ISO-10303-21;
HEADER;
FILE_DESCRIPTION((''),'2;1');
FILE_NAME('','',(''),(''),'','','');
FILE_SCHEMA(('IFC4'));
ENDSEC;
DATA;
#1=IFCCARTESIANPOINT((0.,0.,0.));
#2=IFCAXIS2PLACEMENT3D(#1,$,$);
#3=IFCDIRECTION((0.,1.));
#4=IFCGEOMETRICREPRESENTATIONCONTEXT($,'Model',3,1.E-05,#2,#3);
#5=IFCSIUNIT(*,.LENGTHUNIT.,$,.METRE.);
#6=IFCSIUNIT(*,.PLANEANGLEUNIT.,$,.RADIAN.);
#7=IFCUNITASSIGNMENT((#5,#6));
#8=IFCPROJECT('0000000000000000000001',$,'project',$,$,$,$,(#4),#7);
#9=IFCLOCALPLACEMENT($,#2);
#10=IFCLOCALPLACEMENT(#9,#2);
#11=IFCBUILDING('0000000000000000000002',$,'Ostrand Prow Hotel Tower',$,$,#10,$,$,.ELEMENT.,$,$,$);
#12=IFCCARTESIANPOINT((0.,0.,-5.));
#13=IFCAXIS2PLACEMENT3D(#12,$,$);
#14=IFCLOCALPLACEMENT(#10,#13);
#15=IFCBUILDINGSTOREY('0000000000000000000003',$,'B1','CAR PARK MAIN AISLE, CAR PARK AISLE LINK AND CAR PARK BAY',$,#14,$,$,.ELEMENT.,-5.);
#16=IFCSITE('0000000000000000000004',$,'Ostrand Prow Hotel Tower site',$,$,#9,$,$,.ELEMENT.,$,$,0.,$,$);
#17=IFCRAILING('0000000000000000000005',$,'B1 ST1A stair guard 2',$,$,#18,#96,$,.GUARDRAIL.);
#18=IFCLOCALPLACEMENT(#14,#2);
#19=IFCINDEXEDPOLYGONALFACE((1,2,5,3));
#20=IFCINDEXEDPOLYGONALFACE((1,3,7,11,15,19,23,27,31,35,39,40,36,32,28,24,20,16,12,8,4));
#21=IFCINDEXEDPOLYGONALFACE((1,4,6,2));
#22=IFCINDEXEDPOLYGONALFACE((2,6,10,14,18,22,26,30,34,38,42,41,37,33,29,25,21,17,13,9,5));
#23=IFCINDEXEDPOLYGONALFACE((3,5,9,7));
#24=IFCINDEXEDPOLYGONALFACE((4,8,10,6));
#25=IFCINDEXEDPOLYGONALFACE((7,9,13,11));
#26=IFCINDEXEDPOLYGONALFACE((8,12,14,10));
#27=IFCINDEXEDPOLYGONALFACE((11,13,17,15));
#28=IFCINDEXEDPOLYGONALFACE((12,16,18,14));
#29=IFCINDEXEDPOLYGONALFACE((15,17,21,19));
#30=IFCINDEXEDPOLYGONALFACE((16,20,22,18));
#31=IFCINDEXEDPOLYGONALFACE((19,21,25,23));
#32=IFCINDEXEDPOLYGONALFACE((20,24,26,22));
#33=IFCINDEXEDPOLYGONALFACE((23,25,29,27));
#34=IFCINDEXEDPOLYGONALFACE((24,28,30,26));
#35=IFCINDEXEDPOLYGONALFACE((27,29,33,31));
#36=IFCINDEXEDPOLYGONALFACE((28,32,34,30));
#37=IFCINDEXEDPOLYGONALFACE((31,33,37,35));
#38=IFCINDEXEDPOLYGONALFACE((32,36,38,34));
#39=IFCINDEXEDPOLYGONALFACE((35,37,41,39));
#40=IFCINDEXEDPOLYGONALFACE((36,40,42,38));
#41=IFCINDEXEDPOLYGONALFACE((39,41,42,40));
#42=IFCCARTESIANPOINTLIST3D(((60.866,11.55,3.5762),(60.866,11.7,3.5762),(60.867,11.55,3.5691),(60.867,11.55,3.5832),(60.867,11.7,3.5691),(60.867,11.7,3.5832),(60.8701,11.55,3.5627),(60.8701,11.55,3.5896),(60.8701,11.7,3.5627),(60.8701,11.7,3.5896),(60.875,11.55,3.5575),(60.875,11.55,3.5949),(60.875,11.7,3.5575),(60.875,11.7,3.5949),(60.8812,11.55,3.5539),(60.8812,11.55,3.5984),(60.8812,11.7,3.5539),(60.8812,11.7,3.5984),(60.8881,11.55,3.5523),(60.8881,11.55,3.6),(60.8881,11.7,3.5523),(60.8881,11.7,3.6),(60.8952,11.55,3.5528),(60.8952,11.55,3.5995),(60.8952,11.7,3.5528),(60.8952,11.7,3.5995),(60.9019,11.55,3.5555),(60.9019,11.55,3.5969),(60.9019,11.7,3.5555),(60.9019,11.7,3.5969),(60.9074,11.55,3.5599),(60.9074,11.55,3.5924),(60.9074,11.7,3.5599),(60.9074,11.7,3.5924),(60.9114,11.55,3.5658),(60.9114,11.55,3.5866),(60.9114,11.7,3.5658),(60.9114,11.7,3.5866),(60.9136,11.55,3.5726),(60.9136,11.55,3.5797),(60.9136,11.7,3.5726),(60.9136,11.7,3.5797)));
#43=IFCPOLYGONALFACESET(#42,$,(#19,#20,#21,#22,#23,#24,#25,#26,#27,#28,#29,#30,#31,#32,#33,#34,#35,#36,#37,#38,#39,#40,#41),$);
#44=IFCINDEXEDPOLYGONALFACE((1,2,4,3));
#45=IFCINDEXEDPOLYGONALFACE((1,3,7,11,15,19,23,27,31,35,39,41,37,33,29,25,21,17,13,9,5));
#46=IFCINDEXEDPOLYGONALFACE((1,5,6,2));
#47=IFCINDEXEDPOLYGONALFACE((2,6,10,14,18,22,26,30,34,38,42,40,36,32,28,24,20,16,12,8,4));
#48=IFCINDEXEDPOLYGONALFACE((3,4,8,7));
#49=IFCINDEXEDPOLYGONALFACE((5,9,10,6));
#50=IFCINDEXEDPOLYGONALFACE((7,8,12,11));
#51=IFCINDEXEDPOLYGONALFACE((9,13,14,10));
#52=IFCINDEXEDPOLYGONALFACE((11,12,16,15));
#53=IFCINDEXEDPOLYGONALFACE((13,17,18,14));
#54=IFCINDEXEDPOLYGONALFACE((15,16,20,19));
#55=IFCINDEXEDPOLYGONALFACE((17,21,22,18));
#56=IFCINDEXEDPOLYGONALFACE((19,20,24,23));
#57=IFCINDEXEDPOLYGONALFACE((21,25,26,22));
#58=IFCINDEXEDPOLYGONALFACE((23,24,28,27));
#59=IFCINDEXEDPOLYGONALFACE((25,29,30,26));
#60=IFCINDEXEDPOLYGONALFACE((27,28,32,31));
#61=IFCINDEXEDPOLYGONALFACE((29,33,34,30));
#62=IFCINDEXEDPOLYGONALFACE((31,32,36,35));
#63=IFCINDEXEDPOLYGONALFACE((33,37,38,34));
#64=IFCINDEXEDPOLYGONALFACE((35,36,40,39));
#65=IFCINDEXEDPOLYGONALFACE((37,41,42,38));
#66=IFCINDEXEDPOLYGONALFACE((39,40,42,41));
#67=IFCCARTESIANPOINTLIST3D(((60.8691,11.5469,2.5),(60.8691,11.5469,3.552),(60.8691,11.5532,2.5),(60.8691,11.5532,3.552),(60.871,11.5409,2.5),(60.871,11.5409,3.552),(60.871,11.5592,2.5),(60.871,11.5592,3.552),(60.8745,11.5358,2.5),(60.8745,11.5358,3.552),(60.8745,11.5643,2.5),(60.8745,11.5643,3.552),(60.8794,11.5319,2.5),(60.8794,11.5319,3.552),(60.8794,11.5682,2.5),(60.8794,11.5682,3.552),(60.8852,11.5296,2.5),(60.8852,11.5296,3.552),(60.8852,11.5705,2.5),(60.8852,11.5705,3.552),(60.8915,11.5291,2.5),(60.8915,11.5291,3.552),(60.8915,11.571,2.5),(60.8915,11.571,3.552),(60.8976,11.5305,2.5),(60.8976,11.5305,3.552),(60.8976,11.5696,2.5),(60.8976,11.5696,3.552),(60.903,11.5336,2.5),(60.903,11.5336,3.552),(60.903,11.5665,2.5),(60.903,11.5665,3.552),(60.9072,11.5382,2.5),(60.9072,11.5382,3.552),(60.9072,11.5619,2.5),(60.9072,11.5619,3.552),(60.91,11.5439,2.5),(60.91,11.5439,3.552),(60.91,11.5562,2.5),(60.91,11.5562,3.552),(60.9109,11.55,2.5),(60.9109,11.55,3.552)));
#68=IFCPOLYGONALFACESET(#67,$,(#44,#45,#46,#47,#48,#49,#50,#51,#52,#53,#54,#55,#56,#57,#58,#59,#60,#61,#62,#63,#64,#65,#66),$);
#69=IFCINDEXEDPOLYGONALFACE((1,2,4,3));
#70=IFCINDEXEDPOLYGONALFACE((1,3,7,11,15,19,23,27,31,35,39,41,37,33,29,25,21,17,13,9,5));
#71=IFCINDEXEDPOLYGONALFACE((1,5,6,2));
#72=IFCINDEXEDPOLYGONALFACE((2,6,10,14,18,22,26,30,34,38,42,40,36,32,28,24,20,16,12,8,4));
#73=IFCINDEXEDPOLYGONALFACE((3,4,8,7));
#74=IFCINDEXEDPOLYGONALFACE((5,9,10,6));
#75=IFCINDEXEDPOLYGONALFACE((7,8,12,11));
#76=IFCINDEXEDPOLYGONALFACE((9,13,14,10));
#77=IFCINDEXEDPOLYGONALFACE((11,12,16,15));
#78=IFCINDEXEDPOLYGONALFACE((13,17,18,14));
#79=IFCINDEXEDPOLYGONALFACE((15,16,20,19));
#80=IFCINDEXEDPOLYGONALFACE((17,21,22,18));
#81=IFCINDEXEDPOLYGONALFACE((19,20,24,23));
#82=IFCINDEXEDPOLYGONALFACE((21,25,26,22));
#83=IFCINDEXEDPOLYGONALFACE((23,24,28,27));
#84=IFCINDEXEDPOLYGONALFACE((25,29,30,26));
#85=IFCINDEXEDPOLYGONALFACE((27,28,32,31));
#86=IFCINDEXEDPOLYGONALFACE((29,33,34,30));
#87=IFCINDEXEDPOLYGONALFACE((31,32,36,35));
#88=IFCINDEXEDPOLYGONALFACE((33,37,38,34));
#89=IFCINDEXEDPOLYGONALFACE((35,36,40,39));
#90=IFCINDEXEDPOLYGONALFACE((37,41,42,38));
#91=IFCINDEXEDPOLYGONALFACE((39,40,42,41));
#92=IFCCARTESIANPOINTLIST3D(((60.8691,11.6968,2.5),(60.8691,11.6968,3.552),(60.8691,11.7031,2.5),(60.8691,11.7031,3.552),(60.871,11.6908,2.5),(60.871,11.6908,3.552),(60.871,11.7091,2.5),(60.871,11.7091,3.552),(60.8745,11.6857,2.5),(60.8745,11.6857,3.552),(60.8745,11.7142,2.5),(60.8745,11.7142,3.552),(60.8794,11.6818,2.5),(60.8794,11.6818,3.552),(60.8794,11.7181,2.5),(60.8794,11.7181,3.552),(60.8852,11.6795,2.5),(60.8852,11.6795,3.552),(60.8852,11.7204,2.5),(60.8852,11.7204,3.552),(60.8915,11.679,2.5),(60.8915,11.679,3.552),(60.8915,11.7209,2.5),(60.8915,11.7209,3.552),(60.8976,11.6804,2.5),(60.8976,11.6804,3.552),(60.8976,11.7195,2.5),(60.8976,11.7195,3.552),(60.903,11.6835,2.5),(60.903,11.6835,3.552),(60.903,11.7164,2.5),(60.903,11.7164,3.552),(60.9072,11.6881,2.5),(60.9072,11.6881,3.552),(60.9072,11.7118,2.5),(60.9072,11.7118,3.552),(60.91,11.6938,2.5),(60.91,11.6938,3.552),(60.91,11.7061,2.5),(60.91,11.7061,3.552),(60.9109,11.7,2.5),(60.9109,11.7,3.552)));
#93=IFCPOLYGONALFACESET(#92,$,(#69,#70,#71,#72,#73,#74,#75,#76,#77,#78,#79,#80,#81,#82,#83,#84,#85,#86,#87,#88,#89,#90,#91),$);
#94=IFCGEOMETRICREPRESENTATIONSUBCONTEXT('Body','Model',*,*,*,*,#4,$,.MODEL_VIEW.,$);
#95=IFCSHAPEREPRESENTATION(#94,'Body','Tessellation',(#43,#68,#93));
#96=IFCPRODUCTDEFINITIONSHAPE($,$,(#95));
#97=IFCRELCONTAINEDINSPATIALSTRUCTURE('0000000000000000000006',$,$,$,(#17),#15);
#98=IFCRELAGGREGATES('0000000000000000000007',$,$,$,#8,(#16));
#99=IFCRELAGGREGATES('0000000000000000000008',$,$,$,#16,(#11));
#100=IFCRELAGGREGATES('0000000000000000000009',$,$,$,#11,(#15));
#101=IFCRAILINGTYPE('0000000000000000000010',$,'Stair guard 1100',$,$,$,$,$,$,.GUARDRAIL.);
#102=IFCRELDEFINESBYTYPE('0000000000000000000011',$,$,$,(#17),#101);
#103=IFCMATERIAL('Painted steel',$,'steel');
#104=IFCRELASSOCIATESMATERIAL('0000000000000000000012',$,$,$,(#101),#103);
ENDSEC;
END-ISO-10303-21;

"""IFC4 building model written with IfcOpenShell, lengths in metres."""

from ifc_helpers import new_model, si_unit, direction, frame, origin, origin_2d, place, context, subcontext, project, spatial, circle, extrude, material, type_object, element, save


model = new_model("IFC4")

# Units and contexts
model_context = context("Model", 3, precision=1e-05, world=origin(), true_north=direction((0.0, 1.0)))
body_context = subcontext(model_context, "Body", "Model", "MODEL_VIEW")
ifc_project = project(units=[si_unit("LENGTHUNIT", "METRE"), si_unit("PLANEANGLEUNIT", "RADIAN")], contexts=[model_context])

# Site, building, storey
site_placement = place(None, origin())
site = spatial("IfcSite", under=ifc_project, at=site_placement, Name="Ostrand Prow Hotel Tower site", CompositionType="ELEMENT", RefElevation=0.0)
building_placement = place(site_placement, origin())
building = spatial("IfcBuilding", under=site, at=building_placement, Name="Ostrand Prow Hotel Tower", CompositionType="ELEMENT")
storey_placement = place(building_placement, frame((0.0, 0.0, -5.0)))
storey = spatial("IfcBuildingStorey", under=building, at=storey_placement, Name="B1", Description="CAR PARK MAIN AISLE, CAR PARK AISLE LINK AND CAR PARK BAY", CompositionType="ELEMENT", Elevation=-5.0)

# Railing
ifc_material_1 = material(Name="Painted steel", Category="steel")
railing_type_1 = type_object("IfcRailingType", Name="Stair guard 1100", PredefinedType="GUARDRAIL", material=ifc_material_1)
railing_1_placement = place(storey_placement, frame((60.8899, 11.55, 2.5)))
element("IfcRailing", 1, at=railing_1_placement, inside=storey, type_object=railing_type_1, Name="B1 ST1A stair guard 2", PredefinedType="GUARDRAIL", context=body_context, shape_type="SweptSolid", body=[
    extrude(circle(Radius=0.0239, at=origin_2d()), frame((0.0, 0.0, 1.0762), z_axis=(0.0, 1.0, 0.0), x_axis=(-1.0, 0.0, 0.0)), (0.0, 0.0, 1.0), 0.1499),
    extrude(circle(Radius=0.021, at=origin_2d()), origin(), (0.0, 0.0, 1.0), 1.052),
    extrude(circle(Radius=0.021, at=origin_2d()), frame((0.0, 0.1499, 0.0)), (0.0, 0.0, 1.0), 1.052),
])

save(model, "model.ifc")
